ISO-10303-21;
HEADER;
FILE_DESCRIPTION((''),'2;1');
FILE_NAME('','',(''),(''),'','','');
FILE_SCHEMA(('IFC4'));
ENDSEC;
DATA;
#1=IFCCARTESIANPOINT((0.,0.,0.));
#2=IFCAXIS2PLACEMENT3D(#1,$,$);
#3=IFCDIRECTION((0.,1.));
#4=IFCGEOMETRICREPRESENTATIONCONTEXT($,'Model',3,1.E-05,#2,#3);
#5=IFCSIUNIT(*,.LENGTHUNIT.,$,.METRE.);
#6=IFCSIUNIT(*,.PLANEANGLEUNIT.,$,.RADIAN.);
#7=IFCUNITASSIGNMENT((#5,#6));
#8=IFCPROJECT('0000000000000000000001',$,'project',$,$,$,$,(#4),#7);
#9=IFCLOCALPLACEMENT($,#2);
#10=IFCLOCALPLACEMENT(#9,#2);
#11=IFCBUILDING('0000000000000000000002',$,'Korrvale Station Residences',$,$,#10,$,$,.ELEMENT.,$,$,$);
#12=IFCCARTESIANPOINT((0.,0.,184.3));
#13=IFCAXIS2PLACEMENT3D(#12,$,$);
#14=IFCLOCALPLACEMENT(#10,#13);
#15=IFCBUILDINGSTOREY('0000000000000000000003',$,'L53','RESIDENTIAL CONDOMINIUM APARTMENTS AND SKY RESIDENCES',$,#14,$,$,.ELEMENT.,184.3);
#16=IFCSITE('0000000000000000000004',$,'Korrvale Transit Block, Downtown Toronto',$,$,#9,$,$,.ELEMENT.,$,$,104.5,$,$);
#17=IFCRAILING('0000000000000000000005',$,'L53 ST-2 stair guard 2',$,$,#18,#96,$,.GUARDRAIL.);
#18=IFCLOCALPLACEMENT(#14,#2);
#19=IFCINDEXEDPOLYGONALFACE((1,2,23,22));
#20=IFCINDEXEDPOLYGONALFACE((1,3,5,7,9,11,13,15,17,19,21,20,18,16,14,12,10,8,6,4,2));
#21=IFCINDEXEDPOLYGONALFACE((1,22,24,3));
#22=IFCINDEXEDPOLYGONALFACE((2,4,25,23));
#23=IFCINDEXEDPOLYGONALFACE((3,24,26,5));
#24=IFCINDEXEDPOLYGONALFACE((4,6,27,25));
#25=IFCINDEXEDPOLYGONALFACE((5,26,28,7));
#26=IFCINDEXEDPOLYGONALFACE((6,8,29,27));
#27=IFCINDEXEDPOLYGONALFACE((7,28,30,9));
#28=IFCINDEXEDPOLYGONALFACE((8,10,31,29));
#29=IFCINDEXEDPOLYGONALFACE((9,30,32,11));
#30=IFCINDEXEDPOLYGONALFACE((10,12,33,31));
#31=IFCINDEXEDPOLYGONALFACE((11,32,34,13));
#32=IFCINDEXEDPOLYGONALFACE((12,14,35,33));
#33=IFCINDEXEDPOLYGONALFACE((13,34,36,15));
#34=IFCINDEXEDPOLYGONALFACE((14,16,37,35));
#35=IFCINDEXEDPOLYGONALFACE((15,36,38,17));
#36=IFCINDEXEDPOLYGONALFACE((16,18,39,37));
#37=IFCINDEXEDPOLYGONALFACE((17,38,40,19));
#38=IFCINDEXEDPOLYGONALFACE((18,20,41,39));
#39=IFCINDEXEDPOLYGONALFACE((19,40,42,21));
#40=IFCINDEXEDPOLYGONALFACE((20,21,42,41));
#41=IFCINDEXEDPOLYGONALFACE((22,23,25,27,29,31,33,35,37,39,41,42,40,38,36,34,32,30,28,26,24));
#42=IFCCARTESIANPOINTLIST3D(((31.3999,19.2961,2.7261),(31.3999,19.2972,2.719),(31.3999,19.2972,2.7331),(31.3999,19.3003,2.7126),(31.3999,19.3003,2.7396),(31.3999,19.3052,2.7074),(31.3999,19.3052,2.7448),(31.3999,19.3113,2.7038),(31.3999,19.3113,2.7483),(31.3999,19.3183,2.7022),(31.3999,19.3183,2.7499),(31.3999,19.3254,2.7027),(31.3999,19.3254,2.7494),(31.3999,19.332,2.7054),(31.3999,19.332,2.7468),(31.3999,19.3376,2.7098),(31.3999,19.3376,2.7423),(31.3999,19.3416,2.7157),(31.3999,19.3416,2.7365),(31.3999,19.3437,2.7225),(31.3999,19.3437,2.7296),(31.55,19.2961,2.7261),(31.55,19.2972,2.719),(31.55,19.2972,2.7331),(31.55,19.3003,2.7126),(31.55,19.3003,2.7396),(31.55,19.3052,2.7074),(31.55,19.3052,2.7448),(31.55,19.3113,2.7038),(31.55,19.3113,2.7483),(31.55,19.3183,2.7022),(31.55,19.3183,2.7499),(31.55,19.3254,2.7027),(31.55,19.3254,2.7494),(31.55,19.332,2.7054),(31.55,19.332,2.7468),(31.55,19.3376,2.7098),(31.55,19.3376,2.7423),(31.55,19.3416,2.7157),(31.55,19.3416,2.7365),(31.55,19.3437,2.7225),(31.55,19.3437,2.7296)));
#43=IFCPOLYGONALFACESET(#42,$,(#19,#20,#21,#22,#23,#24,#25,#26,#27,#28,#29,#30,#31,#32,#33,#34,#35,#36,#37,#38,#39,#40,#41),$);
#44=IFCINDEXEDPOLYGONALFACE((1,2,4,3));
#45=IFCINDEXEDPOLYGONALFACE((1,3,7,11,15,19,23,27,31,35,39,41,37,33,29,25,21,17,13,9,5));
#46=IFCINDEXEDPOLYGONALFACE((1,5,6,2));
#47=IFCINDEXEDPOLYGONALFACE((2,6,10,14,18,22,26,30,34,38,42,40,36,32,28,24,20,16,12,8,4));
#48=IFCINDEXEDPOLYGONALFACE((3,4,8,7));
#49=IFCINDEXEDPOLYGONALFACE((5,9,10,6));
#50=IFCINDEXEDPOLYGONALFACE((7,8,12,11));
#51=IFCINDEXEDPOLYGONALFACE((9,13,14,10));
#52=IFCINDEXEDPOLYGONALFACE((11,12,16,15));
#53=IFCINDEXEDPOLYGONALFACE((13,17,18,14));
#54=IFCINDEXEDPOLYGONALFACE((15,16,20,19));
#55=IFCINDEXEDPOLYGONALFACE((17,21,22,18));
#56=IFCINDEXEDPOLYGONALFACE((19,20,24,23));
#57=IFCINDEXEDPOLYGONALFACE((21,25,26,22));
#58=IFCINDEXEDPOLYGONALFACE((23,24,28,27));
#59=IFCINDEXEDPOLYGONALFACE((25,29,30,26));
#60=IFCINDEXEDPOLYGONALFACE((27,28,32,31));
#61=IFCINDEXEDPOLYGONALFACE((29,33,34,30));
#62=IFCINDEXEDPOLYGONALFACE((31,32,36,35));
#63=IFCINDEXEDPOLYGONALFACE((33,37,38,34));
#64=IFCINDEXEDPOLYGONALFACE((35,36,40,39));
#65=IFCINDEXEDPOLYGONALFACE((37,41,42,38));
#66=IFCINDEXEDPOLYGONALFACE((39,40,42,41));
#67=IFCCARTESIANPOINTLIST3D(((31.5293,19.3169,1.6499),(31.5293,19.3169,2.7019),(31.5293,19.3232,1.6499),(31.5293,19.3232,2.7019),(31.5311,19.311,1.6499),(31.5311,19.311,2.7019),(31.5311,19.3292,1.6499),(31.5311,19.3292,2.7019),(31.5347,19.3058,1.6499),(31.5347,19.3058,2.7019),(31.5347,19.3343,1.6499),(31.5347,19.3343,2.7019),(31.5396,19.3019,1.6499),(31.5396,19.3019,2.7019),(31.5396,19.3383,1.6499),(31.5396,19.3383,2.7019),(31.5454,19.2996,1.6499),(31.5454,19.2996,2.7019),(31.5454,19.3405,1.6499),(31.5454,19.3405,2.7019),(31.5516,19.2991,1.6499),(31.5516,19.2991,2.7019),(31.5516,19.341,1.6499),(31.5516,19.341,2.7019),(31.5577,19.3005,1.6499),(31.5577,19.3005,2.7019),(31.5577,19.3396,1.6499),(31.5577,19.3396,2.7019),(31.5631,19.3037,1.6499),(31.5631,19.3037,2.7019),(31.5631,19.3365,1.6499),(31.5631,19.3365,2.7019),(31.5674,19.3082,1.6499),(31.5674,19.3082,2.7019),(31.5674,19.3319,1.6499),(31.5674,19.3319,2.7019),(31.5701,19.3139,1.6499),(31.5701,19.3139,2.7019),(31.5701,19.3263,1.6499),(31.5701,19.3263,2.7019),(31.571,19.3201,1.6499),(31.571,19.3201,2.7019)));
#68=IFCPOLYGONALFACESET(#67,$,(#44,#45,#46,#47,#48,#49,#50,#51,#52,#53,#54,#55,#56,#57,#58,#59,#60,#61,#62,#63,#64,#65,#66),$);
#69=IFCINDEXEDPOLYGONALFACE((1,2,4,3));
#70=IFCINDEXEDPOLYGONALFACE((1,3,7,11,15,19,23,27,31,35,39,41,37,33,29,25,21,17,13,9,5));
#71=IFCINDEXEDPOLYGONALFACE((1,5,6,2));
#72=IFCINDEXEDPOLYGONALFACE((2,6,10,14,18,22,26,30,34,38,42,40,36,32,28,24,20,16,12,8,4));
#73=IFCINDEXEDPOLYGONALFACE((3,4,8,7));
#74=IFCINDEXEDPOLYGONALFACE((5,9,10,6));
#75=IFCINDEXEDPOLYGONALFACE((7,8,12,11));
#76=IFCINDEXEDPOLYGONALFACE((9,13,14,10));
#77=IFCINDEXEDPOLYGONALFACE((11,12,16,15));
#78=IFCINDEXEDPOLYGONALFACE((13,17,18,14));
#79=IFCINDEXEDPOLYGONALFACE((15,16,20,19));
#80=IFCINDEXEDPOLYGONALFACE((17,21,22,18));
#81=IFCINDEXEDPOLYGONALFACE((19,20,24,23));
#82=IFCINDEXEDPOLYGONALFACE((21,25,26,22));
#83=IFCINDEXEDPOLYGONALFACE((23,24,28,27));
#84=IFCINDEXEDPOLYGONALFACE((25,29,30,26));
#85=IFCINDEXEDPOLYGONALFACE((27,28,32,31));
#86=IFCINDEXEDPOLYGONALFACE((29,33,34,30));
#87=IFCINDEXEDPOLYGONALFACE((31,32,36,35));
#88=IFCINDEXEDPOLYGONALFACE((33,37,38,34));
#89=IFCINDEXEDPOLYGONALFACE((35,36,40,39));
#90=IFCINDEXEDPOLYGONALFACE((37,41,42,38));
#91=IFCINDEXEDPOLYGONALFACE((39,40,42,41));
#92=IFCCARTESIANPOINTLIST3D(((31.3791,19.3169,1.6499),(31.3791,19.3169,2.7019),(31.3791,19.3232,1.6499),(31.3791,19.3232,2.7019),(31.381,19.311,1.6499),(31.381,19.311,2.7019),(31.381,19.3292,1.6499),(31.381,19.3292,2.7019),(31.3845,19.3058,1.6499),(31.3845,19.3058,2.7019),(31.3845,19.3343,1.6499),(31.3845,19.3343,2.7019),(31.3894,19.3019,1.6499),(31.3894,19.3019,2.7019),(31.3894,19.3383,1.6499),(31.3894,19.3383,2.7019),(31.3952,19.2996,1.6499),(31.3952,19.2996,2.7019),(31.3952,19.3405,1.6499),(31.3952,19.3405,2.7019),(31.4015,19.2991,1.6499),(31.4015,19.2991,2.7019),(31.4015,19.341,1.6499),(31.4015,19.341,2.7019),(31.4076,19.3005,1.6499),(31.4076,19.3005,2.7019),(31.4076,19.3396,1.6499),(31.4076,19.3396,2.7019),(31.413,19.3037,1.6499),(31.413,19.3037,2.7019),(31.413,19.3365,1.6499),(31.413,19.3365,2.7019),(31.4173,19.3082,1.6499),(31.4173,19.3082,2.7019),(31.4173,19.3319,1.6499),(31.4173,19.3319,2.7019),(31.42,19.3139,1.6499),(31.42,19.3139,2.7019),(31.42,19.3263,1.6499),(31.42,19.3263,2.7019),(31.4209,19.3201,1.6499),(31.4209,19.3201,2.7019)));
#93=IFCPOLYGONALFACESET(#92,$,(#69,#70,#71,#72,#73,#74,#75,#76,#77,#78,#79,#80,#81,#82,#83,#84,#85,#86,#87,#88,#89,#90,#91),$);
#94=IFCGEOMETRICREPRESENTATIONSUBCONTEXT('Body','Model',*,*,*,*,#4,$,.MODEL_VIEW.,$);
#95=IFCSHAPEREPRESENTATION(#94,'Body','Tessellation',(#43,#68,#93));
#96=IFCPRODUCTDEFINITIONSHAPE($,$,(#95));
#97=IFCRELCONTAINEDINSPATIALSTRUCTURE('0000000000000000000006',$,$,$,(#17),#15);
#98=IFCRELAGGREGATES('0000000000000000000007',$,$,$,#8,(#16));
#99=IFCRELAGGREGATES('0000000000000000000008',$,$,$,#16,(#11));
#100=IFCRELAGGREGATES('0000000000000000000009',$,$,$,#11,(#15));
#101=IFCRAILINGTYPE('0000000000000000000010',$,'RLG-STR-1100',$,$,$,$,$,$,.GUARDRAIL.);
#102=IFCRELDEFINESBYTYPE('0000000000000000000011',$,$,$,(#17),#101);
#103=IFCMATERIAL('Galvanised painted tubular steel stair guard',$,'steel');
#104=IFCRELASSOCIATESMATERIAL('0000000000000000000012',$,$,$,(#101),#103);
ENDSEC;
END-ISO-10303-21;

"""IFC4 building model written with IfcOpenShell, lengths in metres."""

from ifc_helpers import new_model, si_unit, direction, frame, origin, origin_2d, place, context, subcontext, project, spatial, circle, extrude, material, type_object, element, save


model = new_model("IFC4")

# Units and contexts
model_context = context("Model", 3, precision=1e-05, world=origin(), true_north=direction((0.0, 1.0)))
body_context = subcontext(model_context, "Body", "Model", "MODEL_VIEW")
ifc_project = project(units=[si_unit("LENGTHUNIT", "METRE"), si_unit("PLANEANGLEUNIT", "RADIAN")], contexts=[model_context])

# Site, building, storey
site_placement = place(None, origin())
site = spatial("IfcSite", under=ifc_project, at=site_placement, Name="Korrvale Transit Block, Downtown Toronto", CompositionType="ELEMENT", RefElevation=104.5)
building_placement = place(site_placement, origin())
building = spatial("IfcBuilding", under=site, at=building_placement, Name="Korrvale Station Residences", CompositionType="ELEMENT")
storey_placement = place(building_placement, frame((0.0, 0.0, 184.3)))
storey = spatial("IfcBuildingStorey", under=building, at=storey_placement, Name="L53", Description="RESIDENTIAL CONDOMINIUM APARTMENTS AND SKY RESIDENCES", CompositionType="ELEMENT", Elevation=184.3)

# Railing
ifc_material_1 = material(Name="Galvanised painted tubular steel stair guard", Category="steel")
railing_type_1 = type_object("IfcRailingType", Name="RLG-STR-1100", PredefinedType="GUARDRAIL", material=ifc_material_1)
railing_1_placement = place(storey_placement, frame((31.55, 19.3201, 1.6499)))
element("IfcRailing", 1, at=railing_1_placement, inside=storey, type_object=railing_type_1, Name="L53 ST-2 stair guard 2", PredefinedType="GUARDRAIL", context=body_context, shape_type="SweptSolid", body=[
    extrude(circle(Radius=0.0239, at=origin_2d()), frame((0.0, 0.0, 1.0762), z_axis=(-1.0, 0.0, 0.0), x_axis=(0.0, -1.0, 0.0)), (0.0, 0.0, 1.0), 0.1501),
    extrude(circle(Radius=0.021, at=origin_2d()), origin(), (0.0, 0.0, 1.0), 1.052),
    extrude(circle(Radius=0.021, at=origin_2d()), frame((-0.1501, 0.0, 0.0)), (0.0, 0.0, 1.0), 1.052),
])

save(model, "model.ifc")
